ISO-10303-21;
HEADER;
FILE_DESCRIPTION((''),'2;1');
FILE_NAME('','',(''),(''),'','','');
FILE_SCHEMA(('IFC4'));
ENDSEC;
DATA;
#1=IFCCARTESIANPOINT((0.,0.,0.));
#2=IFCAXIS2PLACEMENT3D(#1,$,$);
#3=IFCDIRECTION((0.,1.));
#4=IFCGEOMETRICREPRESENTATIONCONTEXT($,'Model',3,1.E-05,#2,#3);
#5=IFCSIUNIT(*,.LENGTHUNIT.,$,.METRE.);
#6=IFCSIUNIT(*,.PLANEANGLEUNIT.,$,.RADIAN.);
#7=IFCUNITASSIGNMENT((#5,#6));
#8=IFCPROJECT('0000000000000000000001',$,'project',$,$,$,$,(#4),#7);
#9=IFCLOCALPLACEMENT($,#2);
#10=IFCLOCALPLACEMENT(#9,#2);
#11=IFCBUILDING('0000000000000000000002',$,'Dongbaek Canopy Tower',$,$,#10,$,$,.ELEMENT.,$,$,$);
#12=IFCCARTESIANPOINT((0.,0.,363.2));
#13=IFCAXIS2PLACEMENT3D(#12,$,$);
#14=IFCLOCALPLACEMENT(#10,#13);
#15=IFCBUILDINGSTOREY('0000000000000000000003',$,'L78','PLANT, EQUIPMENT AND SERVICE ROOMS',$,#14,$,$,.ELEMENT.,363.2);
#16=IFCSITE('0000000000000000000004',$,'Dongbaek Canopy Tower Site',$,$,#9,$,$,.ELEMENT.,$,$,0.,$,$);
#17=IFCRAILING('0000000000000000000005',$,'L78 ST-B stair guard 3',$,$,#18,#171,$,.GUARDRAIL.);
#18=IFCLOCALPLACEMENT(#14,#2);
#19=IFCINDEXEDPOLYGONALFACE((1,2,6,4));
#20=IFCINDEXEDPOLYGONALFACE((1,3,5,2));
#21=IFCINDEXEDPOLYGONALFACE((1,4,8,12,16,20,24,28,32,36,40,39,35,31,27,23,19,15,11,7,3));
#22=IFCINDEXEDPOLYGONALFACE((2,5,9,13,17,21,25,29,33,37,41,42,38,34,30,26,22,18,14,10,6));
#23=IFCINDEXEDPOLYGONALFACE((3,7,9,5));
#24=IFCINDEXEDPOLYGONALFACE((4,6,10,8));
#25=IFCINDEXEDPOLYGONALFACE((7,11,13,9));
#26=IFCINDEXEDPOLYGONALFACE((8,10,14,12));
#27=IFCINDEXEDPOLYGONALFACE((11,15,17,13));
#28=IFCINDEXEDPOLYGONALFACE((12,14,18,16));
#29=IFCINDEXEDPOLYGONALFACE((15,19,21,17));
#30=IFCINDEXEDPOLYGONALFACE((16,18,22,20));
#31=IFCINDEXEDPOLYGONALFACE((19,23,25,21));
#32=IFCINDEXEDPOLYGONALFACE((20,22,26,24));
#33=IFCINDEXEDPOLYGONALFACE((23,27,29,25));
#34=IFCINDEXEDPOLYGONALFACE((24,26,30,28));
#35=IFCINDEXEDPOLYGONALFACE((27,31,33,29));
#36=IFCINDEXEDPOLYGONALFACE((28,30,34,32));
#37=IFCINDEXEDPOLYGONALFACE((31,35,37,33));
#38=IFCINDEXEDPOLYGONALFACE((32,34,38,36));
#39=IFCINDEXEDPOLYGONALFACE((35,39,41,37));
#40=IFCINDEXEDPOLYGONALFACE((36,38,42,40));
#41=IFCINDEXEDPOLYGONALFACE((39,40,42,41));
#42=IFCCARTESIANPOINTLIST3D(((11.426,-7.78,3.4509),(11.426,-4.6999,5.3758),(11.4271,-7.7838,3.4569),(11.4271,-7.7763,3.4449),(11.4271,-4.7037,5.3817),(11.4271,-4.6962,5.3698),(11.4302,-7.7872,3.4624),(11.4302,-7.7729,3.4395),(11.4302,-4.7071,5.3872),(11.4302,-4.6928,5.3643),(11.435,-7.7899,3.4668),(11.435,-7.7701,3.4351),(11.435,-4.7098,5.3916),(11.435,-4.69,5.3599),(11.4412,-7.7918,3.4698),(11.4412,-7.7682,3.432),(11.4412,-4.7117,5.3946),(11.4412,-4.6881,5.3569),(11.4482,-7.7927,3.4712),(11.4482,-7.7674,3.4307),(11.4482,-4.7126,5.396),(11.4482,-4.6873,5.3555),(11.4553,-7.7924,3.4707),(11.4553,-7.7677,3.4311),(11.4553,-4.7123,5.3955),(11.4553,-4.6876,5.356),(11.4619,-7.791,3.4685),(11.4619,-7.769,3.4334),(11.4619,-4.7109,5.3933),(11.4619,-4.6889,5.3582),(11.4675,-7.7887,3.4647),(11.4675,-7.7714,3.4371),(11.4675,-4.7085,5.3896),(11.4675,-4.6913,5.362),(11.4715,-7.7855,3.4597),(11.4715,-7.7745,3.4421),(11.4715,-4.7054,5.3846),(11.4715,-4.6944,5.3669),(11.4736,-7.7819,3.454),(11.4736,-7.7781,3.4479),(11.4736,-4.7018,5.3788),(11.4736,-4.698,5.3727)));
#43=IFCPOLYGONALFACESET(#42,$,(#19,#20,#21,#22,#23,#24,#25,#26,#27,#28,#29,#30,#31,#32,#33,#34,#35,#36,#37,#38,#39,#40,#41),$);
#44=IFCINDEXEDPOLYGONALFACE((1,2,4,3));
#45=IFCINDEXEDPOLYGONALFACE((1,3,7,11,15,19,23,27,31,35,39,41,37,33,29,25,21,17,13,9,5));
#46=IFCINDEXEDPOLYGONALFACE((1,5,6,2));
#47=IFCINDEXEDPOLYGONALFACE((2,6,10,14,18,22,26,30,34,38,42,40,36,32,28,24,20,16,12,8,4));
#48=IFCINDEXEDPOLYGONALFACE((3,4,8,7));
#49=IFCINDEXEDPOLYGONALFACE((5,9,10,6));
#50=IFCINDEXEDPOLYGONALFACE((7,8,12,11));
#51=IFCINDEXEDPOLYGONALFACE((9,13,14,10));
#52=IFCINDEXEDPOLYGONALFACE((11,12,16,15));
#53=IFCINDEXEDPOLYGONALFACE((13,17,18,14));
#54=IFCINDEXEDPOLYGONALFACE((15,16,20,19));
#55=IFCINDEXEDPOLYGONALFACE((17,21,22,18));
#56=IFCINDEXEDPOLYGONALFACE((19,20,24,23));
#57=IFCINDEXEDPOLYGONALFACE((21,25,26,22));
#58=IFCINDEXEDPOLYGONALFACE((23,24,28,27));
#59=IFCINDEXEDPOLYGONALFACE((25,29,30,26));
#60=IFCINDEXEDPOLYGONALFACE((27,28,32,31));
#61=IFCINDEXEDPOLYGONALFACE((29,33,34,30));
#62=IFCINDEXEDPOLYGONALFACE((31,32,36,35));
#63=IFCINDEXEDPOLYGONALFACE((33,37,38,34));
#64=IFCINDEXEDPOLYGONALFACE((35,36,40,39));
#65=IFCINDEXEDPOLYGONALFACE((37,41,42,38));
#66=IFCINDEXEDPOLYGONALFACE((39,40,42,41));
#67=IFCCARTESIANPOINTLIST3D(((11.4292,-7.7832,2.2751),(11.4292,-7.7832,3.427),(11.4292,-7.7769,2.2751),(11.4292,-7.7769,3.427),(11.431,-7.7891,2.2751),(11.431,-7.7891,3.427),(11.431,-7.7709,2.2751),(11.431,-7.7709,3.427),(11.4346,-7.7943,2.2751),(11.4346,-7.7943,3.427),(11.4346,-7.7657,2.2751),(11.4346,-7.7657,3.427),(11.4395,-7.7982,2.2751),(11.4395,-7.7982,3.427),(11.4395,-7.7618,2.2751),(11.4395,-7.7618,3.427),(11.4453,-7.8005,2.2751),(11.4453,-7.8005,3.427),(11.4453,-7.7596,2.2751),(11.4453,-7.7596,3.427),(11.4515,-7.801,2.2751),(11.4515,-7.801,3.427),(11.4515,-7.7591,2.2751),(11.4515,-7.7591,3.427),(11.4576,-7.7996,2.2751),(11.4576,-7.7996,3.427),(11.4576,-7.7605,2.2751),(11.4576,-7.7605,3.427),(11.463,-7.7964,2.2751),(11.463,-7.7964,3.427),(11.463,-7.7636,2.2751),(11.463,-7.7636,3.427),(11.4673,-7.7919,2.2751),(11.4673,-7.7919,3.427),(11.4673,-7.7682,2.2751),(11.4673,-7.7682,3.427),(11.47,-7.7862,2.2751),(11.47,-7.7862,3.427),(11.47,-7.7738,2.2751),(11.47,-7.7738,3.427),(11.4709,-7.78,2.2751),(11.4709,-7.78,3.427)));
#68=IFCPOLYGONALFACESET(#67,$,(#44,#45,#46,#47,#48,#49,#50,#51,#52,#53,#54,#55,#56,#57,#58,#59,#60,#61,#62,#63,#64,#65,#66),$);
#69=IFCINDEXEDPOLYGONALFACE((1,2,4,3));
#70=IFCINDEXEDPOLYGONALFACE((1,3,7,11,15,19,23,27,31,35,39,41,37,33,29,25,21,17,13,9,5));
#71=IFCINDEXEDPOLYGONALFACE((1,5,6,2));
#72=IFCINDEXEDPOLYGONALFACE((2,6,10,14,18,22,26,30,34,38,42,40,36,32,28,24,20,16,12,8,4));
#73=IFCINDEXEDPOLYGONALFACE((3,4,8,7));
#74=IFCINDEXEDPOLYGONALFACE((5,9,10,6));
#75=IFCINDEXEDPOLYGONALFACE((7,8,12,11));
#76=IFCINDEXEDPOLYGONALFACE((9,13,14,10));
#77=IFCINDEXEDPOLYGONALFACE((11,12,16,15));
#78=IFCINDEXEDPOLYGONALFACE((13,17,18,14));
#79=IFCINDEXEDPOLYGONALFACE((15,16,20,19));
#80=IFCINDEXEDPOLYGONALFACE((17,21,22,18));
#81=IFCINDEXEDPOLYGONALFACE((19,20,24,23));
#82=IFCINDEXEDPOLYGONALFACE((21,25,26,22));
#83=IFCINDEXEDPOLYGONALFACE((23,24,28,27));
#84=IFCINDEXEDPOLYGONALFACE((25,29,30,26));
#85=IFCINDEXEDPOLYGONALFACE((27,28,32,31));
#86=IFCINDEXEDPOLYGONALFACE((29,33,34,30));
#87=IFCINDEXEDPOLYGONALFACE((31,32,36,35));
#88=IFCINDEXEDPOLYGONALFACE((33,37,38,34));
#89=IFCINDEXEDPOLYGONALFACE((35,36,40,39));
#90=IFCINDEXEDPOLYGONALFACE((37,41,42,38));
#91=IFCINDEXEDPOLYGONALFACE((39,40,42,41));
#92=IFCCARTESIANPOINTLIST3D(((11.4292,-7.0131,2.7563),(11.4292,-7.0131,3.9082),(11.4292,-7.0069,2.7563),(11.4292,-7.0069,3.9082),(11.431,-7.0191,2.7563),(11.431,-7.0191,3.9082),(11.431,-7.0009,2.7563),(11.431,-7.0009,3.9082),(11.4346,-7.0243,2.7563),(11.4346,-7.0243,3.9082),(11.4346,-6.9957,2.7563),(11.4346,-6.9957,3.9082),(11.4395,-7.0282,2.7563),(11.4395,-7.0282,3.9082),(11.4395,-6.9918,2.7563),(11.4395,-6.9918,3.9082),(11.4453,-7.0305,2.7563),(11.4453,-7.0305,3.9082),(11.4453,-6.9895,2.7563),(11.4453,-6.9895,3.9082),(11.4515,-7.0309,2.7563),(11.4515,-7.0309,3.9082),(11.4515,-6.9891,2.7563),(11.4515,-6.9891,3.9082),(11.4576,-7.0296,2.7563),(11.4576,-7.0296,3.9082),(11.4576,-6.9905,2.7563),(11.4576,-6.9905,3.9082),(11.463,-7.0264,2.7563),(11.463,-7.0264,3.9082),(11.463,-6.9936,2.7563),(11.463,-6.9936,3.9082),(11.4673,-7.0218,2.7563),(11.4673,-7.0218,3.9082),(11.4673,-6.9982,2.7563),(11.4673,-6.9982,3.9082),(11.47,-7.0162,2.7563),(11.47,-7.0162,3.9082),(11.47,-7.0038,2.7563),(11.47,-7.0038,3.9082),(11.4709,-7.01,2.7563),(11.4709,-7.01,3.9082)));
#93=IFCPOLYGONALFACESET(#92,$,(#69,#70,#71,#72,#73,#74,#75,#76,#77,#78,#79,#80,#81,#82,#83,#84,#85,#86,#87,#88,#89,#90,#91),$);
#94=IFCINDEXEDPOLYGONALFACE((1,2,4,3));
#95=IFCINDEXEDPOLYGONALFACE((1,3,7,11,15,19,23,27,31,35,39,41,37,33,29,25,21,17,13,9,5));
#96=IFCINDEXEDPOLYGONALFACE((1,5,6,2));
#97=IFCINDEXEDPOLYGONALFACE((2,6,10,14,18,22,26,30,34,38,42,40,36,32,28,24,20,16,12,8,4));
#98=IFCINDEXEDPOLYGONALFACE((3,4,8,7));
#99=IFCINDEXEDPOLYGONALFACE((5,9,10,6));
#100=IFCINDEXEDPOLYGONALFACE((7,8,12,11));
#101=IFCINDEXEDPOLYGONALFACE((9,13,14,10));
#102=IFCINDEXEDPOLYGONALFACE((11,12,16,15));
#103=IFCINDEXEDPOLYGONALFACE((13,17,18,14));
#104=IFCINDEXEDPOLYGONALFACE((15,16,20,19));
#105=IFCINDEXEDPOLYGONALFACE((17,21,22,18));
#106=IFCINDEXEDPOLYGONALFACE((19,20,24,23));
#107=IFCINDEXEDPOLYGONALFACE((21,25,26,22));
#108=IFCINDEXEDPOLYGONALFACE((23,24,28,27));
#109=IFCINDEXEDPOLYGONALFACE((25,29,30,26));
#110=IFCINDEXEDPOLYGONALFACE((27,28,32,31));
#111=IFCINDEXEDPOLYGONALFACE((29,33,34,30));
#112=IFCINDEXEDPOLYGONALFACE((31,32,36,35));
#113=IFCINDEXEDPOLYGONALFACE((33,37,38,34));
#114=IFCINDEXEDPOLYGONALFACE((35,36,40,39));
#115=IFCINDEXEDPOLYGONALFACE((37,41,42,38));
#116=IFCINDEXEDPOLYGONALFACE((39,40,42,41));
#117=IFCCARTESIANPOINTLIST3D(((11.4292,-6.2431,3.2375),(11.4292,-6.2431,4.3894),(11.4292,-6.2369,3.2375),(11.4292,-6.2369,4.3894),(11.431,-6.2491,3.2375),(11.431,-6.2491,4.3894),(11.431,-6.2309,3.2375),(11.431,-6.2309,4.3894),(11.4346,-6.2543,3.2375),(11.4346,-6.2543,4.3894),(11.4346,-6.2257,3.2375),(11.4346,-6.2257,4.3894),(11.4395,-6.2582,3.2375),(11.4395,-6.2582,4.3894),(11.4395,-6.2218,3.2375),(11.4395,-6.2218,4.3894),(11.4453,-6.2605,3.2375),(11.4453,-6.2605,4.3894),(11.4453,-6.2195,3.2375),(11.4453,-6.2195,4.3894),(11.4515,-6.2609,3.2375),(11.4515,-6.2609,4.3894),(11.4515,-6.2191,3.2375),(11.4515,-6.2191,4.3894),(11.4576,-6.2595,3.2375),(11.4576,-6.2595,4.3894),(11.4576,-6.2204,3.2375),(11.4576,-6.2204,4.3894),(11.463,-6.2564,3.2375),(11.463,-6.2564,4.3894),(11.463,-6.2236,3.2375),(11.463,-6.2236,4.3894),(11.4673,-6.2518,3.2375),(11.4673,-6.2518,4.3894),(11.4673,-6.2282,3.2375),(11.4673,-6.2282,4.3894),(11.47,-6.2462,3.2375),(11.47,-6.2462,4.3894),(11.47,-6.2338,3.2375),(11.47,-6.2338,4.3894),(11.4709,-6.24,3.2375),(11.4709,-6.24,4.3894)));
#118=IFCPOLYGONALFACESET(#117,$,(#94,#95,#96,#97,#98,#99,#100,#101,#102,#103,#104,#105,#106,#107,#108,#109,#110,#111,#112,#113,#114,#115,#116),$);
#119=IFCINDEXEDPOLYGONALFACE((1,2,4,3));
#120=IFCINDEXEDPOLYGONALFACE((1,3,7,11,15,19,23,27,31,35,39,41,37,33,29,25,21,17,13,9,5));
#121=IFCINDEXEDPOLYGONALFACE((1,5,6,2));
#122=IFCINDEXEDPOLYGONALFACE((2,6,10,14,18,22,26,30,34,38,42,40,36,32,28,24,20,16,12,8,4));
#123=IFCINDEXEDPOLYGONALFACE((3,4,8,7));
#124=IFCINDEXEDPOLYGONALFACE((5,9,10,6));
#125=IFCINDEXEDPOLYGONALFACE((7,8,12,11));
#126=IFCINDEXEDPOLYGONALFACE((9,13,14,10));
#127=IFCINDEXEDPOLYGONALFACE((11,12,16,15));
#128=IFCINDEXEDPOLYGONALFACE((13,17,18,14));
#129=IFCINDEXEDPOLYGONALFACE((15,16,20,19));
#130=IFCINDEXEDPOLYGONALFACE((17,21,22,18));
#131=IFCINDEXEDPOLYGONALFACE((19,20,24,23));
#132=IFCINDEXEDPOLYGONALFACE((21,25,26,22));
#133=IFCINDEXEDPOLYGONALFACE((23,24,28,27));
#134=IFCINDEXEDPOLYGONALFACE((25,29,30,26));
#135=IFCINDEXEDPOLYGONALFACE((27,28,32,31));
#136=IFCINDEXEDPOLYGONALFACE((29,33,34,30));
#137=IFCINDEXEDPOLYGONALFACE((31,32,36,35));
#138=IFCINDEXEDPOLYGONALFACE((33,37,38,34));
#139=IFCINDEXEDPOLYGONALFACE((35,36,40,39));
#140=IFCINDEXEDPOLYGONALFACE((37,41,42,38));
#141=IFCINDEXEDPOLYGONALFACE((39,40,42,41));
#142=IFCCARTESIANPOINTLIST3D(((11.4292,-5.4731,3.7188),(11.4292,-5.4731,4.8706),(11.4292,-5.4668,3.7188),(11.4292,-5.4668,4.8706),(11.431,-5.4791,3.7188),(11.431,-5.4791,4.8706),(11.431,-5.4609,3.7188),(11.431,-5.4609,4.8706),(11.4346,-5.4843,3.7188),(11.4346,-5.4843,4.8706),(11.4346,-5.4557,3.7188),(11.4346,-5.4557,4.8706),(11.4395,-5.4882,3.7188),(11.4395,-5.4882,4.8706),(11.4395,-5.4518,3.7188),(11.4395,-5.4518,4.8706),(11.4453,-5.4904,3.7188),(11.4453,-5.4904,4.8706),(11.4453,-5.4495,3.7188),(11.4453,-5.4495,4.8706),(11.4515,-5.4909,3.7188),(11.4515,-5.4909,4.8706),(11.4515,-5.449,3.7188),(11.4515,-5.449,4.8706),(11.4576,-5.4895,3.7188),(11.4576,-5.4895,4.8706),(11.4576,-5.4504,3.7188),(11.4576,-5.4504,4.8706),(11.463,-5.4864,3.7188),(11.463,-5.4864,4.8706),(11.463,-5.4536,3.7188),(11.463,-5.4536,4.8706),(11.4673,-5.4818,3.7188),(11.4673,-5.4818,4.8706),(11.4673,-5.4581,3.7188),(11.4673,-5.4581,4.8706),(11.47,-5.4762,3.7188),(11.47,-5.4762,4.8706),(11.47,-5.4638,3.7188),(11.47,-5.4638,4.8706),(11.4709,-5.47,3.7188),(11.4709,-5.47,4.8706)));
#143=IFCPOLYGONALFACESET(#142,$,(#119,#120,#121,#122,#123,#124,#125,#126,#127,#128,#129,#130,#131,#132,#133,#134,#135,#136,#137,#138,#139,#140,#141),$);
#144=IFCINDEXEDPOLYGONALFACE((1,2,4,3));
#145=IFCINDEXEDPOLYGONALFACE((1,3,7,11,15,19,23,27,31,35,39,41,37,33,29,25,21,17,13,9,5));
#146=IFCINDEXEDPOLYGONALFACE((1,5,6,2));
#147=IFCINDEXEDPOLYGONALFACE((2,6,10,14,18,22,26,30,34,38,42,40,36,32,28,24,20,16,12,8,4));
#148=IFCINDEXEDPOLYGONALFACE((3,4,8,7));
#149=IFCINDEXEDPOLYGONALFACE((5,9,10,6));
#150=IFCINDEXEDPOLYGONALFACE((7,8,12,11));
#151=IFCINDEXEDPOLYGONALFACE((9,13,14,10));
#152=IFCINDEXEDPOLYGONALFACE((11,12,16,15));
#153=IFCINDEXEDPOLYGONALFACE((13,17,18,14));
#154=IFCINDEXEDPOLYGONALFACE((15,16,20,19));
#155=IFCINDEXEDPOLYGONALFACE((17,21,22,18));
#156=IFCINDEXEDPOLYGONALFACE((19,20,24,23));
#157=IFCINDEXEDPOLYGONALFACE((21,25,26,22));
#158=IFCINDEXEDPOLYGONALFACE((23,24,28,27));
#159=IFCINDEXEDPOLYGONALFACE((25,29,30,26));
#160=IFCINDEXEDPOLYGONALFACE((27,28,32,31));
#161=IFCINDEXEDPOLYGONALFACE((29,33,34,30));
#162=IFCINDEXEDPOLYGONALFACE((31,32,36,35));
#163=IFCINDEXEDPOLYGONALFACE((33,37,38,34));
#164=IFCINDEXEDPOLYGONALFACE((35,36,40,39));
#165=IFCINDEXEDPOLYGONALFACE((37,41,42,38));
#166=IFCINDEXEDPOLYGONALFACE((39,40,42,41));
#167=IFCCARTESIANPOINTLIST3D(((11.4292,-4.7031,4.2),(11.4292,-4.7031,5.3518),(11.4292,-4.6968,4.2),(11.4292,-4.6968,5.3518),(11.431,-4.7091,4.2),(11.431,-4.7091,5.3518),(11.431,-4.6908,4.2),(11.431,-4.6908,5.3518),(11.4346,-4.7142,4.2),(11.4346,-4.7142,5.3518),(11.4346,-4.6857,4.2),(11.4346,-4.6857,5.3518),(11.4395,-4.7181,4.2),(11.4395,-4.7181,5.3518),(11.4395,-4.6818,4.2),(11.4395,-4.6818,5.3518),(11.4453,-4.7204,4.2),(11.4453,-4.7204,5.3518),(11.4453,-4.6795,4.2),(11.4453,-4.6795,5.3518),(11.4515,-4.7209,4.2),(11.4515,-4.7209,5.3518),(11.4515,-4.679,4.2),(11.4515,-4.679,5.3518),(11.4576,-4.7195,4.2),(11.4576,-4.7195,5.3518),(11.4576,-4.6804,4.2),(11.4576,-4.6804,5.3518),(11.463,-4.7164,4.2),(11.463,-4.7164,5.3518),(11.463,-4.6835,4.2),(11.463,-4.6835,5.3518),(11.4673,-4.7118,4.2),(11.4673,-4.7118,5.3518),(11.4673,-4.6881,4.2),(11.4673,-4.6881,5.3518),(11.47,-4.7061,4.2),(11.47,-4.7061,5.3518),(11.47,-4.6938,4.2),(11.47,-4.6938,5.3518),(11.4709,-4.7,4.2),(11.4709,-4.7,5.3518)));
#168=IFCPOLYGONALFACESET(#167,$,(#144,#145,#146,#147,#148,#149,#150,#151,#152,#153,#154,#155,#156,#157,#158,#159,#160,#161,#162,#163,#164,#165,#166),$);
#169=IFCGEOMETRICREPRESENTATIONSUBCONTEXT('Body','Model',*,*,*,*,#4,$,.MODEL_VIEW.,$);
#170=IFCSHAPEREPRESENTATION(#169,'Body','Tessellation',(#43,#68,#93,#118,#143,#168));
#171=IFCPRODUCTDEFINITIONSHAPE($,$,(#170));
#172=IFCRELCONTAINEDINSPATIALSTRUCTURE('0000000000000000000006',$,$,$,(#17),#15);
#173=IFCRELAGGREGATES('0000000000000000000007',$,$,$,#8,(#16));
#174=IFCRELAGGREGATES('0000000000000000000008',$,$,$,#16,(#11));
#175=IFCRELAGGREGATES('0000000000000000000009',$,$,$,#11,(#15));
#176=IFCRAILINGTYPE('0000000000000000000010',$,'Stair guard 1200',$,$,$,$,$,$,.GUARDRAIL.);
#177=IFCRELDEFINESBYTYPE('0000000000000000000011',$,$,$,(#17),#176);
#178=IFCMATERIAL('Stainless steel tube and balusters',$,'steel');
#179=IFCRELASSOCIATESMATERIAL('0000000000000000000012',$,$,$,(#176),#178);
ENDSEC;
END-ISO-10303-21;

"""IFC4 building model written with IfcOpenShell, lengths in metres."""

from ifc_helpers import new_model, si_unit, direction, frame, origin, origin_2d, place, context, subcontext, project, spatial, circle, extrude, material, type_object, element, save


model = new_model("IFC4")

# Units and contexts
model_context = context("Model", 3, precision=1e-05, world=origin(), true_north=direction((0.0, 1.0)))
body_context = subcontext(model_context, "Body", "Model", "MODEL_VIEW")
ifc_project = project(units=[si_unit("LENGTHUNIT", "METRE"), si_unit("PLANEANGLEUNIT", "RADIAN")], contexts=[model_context])

# Site, building, storey
site_placement = place(None, origin())
site = spatial("IfcSite", under=ifc_project, at=site_placement, Name="Dongbaek Canopy Tower Site", CompositionType="ELEMENT", RefElevation=0.0)
building_placement = place(site_placement, origin())
building = spatial("IfcBuilding", under=site, at=building_placement, Name="Dongbaek Canopy Tower", CompositionType="ELEMENT")
storey_placement = place(building_placement, frame((0.0, 0.0, 363.2)))
storey = spatial("IfcBuildingStorey", under=building, at=storey_placement, Name="L78", Description="PLANT, EQUIPMENT AND SERVICE ROOMS", CompositionType="ELEMENT", Elevation=363.2)

# Railing
ifc_material_1 = material(Name="Stainless steel tube and balusters", Category="steel")
railing_type_1 = type_object("IfcRailingType", Name="Stair guard 1200", PredefinedType="GUARDRAIL", material=ifc_material_1)
railing_1_placement = place(storey_placement, frame((11.45, -7.78, 2.2751)))
element("IfcRailing", 1, at=railing_1_placement, inside=storey, type_object=railing_type_1, Name="L78 ST-B stair guard 3", PredefinedType="GUARDRAIL", context=body_context, shape_type="SweptSolid", body=[
    extrude(circle(Radius=0.0239, at=origin_2d()), frame((0.0, 0.0, 1.1758), z_axis=(0.0, 0.848029, 0.529951), x_axis=(-1.0, 0.0, 0.0)), (0.0, 0.0, 1.0), 3.6321),
    extrude(circle(Radius=0.021, at=origin_2d()), origin(), (0.0, 0.0, 1.0), 1.1519),
    extrude(circle(Radius=0.021, at=origin_2d()), frame((0.0, 0.77, 0.4812)), (0.0, 0.0, 1.0), 1.1519),
    extrude(circle(Radius=0.021, at=origin_2d()), frame((0.0, 1.54, 0.9624)), (0.0, 0.0, 1.0), 1.1519),
    extrude(circle(Radius=0.021, at=origin_2d()), frame((0.0, 2.3101, 1.4436)), (0.0, 0.0, 1.0), 1.1519),
    extrude(circle(Radius=0.021, at=origin_2d()), frame((0.0, 3.0801, 1.9248)), (0.0, 0.0, 1.0), 1.1519),
])

save(model, "model.ifc")
